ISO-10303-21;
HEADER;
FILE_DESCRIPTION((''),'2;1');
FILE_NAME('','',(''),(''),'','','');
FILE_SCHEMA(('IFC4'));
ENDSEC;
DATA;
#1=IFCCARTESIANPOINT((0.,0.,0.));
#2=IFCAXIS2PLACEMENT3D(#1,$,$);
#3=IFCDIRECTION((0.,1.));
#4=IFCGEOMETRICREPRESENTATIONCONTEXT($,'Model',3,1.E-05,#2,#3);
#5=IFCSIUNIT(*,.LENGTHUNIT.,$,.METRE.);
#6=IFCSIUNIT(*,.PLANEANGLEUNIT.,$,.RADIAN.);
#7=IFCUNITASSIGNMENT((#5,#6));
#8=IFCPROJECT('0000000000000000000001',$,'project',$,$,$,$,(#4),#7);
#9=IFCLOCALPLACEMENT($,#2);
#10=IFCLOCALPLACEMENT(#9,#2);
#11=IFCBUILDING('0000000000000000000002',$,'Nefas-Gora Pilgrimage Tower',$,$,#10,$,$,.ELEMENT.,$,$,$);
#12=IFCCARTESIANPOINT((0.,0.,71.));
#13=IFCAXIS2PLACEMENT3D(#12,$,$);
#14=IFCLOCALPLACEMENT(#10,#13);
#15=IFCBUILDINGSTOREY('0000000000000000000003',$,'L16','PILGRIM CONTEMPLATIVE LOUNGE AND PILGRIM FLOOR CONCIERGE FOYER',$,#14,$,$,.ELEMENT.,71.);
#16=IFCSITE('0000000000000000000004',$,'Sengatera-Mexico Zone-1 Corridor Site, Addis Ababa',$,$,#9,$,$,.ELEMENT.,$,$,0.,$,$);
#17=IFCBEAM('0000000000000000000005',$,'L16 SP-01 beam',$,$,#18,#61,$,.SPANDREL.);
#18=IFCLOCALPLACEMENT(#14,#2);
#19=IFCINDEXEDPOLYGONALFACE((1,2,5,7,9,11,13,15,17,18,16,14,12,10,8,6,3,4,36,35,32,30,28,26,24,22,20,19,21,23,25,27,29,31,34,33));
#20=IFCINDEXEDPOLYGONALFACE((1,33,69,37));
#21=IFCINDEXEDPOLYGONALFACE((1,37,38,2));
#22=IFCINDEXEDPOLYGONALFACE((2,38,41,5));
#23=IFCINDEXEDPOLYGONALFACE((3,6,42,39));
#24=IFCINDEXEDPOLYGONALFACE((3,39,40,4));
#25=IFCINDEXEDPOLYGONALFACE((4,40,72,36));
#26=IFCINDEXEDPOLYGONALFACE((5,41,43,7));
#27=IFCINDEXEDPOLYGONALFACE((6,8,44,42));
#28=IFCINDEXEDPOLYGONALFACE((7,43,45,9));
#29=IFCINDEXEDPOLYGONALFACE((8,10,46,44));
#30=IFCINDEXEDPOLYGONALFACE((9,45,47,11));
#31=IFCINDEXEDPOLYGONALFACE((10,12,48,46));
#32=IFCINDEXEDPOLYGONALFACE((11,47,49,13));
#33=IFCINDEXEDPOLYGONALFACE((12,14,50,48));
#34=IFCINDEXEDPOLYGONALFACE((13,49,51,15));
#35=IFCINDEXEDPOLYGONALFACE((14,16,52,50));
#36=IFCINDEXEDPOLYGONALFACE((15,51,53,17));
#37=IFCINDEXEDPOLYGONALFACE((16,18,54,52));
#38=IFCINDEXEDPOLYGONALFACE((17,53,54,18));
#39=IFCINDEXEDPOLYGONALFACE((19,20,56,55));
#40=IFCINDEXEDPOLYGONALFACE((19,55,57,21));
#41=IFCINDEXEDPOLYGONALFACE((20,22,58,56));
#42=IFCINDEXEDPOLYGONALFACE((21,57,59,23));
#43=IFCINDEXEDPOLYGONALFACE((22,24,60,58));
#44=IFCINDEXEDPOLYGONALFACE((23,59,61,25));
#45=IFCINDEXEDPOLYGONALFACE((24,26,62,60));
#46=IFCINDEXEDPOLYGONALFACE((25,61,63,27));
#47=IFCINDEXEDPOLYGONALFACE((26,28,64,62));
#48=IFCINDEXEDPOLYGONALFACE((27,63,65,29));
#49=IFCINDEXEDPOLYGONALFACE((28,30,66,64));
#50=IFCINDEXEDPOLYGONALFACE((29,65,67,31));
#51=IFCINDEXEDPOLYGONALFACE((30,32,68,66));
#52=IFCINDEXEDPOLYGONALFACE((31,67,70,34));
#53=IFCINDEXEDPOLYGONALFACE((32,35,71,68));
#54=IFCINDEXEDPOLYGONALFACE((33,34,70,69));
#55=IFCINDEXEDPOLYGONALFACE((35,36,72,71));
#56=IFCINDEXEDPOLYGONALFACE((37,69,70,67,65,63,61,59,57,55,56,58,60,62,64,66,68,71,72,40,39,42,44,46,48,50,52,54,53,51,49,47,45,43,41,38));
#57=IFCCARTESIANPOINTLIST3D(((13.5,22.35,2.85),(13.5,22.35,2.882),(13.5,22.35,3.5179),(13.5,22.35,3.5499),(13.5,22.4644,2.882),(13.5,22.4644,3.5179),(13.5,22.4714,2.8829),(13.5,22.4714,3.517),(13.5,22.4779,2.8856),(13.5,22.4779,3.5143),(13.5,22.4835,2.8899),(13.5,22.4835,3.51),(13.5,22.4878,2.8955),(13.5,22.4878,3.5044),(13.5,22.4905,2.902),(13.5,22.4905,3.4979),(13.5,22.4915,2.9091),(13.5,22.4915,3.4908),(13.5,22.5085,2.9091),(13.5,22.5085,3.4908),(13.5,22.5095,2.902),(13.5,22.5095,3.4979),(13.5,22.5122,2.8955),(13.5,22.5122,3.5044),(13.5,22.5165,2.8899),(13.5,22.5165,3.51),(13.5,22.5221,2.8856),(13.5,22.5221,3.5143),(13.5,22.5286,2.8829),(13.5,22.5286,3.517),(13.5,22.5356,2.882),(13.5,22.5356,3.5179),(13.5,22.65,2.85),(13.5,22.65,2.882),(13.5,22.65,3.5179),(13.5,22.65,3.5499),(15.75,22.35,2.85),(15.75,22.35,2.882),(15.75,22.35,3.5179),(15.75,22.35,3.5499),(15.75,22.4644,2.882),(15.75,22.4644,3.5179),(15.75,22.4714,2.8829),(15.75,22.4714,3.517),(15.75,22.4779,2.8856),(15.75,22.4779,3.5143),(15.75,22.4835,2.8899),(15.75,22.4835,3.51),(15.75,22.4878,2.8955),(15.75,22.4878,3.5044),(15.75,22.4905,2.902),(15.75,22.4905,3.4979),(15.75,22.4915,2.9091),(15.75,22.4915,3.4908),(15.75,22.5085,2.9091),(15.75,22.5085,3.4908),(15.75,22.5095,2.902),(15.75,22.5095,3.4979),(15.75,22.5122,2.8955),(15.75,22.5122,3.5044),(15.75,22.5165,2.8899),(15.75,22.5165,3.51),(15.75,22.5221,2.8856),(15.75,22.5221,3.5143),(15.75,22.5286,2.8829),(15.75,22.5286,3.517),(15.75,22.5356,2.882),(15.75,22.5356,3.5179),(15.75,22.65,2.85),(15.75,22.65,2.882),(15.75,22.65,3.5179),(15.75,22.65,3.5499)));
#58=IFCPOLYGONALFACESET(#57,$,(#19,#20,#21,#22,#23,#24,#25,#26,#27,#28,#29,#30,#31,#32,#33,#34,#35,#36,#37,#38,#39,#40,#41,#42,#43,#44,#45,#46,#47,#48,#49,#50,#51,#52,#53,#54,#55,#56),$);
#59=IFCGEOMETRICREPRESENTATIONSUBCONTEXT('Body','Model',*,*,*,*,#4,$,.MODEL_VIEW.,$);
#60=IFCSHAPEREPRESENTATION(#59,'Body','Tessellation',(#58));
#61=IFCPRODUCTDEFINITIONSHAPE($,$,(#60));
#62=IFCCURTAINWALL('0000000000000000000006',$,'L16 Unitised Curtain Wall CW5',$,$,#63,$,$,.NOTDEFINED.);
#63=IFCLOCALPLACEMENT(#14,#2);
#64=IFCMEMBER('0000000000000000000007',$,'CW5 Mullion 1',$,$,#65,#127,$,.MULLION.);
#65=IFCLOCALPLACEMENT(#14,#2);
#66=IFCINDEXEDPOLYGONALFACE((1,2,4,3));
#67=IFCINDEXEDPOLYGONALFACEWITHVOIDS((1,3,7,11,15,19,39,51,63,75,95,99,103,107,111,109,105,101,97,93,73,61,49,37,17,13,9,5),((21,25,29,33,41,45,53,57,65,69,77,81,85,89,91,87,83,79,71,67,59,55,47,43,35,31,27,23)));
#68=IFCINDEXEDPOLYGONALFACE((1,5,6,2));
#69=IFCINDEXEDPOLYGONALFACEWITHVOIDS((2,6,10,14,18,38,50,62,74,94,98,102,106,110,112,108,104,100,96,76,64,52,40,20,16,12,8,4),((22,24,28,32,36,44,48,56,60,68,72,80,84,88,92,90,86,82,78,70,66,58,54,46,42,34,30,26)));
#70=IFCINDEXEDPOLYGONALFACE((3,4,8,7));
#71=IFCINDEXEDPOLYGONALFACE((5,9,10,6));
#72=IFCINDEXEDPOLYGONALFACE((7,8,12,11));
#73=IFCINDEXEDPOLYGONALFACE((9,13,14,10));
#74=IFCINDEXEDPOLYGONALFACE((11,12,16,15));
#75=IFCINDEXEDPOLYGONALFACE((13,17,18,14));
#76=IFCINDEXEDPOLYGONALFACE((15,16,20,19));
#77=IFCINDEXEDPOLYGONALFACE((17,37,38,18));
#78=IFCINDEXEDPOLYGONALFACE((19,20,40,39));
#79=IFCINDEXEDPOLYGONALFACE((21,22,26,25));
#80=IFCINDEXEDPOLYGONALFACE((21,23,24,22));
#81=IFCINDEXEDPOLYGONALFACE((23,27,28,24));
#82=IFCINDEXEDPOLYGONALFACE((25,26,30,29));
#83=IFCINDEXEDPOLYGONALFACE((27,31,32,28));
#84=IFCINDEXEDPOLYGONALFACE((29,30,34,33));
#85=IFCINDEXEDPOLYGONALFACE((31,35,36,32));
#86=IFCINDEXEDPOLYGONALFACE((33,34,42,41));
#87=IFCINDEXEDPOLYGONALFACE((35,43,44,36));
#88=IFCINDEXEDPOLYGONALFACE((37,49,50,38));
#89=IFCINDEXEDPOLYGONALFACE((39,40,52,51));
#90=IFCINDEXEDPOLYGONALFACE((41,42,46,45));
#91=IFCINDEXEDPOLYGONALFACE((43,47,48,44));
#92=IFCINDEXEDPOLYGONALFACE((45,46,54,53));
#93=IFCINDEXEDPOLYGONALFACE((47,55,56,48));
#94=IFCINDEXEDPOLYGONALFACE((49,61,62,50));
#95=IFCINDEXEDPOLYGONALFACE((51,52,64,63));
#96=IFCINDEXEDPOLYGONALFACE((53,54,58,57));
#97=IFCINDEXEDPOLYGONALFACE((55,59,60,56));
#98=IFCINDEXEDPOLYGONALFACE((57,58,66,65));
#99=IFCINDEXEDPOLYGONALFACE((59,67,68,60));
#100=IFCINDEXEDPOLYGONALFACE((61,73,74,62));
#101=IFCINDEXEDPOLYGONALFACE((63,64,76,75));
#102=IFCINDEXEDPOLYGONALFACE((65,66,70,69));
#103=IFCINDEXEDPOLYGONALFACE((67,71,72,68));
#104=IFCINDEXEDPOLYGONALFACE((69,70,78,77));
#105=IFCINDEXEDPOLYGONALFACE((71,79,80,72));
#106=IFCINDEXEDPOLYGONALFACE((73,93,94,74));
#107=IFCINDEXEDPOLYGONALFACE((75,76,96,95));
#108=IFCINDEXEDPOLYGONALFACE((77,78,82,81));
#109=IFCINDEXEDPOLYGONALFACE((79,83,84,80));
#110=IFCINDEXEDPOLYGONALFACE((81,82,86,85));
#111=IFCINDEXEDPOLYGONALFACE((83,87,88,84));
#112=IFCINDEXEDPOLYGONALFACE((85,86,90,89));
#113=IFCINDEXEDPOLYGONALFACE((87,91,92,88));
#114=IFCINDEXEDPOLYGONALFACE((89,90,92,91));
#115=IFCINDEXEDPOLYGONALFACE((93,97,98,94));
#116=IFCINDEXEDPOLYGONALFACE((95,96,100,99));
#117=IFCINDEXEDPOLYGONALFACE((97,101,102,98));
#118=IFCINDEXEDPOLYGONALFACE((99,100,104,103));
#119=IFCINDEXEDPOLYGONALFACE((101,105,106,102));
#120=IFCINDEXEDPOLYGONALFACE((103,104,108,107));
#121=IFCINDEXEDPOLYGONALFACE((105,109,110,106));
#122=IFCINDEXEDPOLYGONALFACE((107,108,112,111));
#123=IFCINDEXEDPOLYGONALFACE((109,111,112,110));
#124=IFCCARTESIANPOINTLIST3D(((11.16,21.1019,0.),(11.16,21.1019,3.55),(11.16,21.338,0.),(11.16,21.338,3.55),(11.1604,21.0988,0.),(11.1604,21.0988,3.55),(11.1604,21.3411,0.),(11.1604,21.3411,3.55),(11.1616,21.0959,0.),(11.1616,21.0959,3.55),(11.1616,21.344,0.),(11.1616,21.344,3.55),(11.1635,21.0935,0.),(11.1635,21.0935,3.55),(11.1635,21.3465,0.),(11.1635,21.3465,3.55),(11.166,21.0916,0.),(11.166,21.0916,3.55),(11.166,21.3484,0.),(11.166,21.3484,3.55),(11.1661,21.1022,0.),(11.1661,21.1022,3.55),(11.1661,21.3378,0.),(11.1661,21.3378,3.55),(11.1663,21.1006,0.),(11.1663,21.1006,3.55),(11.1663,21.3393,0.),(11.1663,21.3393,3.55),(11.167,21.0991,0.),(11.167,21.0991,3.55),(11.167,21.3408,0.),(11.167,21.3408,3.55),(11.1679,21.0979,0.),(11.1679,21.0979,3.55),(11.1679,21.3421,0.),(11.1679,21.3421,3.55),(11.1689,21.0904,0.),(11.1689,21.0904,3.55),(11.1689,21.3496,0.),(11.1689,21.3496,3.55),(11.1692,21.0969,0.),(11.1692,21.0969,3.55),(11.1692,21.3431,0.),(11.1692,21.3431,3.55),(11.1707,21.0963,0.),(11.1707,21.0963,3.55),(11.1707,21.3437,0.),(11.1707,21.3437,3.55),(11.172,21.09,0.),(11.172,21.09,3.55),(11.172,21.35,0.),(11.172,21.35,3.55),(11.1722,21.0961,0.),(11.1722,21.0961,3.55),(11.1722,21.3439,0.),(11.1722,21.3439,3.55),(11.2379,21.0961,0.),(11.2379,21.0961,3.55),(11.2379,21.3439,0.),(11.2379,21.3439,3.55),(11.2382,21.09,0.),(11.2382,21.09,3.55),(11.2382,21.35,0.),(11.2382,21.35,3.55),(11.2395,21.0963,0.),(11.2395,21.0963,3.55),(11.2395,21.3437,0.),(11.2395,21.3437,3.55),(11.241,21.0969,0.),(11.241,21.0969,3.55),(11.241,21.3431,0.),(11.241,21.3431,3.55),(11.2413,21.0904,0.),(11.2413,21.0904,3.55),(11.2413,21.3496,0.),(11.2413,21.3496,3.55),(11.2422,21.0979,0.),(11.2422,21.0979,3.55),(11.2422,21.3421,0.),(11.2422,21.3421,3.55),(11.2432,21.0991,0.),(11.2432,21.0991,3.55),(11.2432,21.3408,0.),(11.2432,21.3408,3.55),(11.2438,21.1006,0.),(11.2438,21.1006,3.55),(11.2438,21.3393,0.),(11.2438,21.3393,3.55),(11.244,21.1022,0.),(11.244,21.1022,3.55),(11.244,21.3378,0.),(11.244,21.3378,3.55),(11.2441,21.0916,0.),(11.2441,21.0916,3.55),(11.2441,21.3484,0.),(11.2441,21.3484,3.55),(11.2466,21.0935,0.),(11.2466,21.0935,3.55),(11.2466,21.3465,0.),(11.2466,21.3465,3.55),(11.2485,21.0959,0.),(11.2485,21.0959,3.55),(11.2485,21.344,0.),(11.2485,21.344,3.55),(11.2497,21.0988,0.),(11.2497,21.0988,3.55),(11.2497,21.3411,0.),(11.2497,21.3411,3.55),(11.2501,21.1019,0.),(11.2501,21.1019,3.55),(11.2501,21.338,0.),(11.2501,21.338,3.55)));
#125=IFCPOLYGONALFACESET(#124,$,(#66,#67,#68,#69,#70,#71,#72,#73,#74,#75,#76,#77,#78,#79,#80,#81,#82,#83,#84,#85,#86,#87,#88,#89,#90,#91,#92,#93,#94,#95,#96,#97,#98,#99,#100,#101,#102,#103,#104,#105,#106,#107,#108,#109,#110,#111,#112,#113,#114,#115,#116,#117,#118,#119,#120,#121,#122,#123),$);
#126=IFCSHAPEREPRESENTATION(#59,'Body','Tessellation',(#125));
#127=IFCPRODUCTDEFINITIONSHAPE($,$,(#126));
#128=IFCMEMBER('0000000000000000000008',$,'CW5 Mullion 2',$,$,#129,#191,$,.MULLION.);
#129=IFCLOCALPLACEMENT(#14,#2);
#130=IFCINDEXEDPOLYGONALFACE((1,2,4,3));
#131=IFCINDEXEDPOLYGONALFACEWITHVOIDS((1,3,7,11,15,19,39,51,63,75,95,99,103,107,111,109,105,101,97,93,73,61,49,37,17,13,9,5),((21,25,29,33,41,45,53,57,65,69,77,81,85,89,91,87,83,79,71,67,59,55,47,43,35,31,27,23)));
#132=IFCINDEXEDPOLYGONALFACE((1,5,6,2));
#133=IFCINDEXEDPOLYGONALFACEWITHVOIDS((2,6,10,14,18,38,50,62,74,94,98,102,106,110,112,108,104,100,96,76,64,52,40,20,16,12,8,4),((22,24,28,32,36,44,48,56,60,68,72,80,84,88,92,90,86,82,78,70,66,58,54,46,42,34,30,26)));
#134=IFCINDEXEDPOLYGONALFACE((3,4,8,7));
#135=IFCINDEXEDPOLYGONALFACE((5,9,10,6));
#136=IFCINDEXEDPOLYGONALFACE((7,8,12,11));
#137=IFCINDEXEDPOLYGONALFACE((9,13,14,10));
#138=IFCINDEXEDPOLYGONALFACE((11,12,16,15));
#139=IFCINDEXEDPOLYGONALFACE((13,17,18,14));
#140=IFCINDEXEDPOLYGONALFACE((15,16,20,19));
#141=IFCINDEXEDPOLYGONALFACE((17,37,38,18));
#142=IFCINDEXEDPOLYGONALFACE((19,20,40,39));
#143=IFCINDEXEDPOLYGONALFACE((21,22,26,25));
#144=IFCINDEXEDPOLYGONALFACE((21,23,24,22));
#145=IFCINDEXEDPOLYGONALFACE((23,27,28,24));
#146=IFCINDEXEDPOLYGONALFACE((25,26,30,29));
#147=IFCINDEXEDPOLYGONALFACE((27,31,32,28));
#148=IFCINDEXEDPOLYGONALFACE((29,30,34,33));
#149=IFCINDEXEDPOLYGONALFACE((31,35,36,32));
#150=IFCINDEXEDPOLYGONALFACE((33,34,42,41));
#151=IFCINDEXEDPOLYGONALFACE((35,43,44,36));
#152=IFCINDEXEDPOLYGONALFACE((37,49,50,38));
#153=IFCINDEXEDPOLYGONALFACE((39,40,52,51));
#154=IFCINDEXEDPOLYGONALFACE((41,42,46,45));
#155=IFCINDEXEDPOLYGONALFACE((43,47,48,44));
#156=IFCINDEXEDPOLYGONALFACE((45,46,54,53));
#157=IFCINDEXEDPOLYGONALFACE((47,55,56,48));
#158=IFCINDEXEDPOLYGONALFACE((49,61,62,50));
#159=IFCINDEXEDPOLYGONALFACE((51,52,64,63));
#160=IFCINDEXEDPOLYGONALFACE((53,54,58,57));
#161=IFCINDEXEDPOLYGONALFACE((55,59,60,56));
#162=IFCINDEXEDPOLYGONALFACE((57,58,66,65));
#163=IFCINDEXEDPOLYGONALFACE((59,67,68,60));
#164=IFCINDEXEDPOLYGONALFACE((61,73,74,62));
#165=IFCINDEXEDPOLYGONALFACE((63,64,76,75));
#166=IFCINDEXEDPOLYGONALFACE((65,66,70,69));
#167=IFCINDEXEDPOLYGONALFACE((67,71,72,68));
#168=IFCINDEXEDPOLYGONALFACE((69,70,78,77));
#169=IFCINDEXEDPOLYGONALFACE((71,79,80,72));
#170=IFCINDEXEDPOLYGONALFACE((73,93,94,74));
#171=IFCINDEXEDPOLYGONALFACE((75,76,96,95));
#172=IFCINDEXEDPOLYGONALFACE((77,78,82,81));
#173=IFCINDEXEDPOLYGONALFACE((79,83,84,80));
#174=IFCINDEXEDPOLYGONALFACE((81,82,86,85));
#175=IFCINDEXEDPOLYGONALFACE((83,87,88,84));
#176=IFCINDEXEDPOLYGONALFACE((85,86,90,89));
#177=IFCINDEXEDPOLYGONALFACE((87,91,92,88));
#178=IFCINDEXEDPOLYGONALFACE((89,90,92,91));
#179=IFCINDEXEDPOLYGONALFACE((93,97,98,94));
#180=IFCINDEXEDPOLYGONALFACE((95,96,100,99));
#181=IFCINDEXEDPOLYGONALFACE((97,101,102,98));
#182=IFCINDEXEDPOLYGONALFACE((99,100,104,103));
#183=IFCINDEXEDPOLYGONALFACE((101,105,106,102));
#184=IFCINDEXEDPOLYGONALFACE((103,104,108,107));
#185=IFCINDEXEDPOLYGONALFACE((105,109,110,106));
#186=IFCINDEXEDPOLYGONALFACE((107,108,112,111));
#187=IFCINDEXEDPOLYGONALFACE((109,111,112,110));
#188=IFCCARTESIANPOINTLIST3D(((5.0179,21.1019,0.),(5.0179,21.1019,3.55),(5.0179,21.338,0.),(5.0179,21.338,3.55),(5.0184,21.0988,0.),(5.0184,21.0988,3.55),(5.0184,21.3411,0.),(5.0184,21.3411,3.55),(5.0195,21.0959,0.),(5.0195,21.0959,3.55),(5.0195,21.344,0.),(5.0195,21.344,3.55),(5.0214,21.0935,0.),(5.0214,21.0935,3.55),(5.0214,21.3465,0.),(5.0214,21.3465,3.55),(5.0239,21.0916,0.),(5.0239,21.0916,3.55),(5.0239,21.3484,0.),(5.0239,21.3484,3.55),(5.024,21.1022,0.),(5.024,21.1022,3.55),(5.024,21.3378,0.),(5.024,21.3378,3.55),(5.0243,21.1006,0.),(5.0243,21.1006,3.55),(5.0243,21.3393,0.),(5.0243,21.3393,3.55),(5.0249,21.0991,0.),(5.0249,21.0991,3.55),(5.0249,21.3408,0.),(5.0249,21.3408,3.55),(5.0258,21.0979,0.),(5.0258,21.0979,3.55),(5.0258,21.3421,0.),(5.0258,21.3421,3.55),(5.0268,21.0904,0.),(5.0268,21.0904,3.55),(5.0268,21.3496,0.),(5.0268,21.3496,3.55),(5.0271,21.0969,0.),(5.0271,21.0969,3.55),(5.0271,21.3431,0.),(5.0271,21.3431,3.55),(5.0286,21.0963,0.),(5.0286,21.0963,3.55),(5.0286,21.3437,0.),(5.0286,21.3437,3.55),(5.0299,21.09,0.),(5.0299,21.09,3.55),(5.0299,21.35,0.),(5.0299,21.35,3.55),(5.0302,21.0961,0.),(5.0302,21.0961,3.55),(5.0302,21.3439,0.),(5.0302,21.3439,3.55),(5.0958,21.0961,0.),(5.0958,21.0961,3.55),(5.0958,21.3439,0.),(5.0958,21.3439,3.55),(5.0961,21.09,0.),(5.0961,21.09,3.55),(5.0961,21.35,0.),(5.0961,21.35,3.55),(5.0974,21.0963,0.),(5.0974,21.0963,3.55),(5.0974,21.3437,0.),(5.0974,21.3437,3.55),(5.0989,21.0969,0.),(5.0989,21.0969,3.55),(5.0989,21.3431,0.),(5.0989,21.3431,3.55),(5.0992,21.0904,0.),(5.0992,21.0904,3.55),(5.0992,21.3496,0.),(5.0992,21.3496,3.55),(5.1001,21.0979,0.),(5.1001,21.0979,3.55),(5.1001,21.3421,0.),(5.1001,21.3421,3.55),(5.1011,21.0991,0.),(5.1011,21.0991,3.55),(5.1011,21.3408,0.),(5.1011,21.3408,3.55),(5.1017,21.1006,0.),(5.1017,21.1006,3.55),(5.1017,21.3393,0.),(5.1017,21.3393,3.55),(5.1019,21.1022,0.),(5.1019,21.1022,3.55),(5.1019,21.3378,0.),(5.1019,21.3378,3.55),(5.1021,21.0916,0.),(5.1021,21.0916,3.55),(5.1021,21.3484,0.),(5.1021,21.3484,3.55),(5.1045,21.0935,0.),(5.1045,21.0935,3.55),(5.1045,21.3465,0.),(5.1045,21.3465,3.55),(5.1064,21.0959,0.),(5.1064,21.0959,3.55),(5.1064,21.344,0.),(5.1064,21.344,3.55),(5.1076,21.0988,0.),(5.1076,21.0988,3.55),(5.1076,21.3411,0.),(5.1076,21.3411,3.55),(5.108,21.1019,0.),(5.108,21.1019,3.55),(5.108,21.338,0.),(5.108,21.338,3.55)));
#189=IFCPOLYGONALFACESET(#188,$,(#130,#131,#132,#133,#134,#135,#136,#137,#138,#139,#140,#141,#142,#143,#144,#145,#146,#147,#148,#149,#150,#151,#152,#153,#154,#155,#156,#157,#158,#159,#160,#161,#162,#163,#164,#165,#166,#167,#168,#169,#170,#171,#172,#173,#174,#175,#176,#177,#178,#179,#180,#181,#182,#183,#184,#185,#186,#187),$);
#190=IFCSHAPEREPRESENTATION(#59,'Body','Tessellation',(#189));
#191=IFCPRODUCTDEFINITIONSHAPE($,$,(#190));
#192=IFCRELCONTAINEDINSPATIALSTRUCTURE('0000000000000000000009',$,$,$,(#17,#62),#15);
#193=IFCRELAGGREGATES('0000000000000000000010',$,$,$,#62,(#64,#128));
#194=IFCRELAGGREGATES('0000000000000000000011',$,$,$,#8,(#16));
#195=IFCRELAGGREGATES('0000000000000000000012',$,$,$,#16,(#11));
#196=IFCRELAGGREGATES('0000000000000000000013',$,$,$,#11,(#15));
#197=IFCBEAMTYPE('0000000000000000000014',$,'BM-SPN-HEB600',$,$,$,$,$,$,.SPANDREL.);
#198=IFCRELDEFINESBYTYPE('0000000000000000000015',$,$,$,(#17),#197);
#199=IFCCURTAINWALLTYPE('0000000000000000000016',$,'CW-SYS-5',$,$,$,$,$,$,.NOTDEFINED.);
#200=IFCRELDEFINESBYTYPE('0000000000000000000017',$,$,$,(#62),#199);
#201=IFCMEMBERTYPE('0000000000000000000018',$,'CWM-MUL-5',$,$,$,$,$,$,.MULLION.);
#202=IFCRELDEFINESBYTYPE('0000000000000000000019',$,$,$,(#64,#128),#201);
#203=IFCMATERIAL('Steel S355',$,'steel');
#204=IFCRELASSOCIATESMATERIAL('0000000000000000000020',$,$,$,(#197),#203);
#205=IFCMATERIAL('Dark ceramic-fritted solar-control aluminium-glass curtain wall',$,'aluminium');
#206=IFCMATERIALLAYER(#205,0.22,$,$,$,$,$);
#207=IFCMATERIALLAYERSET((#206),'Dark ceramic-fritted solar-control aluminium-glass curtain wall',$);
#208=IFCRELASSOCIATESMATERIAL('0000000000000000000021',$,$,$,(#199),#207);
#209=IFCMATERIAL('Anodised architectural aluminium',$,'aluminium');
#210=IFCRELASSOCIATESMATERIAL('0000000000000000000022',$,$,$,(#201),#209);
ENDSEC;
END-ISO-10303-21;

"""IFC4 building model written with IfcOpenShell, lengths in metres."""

from ifc_helpers import new_model, si_unit, direction, frame, origin, origin_2d, place, context, subcontext, project, spatial, hollow_rectangle, i_section, extrude, source, transform, mapped, material, layer, layer_set, material_profile, profile_set, type_object, element, aggregate, save


model = new_model("IFC4")

# Units and contexts
model_context = context("Model", 3, precision=1e-05, world=origin(), true_north=direction((0.0, 1.0)))
body_context = subcontext(model_context, "Body", "Model", "MODEL_VIEW")
ifc_project = project(units=[si_unit("LENGTHUNIT", "METRE"), si_unit("PLANEANGLEUNIT", "RADIAN")], contexts=[model_context])

# Site, building, storey
site_placement = place(None, origin())
site = spatial("IfcSite", under=ifc_project, at=site_placement, Name="Sengatera-Mexico Zone-1 Corridor Site, Addis Ababa", CompositionType="ELEMENT", RefElevation=0.0)
building_placement = place(site_placement, origin())
building = spatial("IfcBuilding", under=site, at=building_placement, Name="Nefas-Gora Pilgrimage Tower", CompositionType="ELEMENT")
storey_placement = place(building_placement, frame((0.0, 0.0, 71.0)))
storey = spatial("IfcBuildingStorey", under=building, at=storey_placement, Name="L16", Description="PILGRIM CONTEMPLATIVE LOUNGE AND PILGRIM FLOOR CONCIERGE FOYER", CompositionType="ELEMENT", Elevation=71.0)

# Beam
ifc_material_1 = material(Name="Steel S355", Category="steel")
ifc_material_profile_1 = material_profile(ifc_material_1, i_section(OverallWidth=0.3, OverallDepth=0.7, WebThickness=0.0171, FlangeThickness=0.032, FilletRadius=0.0271, at=origin_2d()), Name="HEB 700")
ifc_profile_set_1 = profile_set([ifc_material_profile_1], Name="Steel S355")
beam_type_1 = type_object("IfcBeamType", Name="BM-SPN-HEB600", PredefinedType="SPANDREL", material=ifc_profile_set_1)
shared_shape_1 = source(origin(), body_context, "Body", "SweptSolid", [
    extrude(i_section(OverallWidth=0.3, OverallDepth=0.7, WebThickness=0.0171, FlangeThickness=0.032, FilletRadius=0.0271, at=origin_2d()), origin(), (0.0, 0.0, 1.0), 2.25),
])
beam_1_placement = place(storey_placement, frame((13.5, 22.5, 3.2), z_axis=(1.0, 0.0, 0.0), x_axis=(0.0, 1.0, 0.0)))
element("IfcBeam", 1, at=beam_1_placement, inside=storey, type_object=beam_type_1, Name="L16 SP-01 beam", PredefinedType="SPANDREL", context=body_context, shape_type="MappedRepresentation", body=[
    mapped(shared_shape_1, transform((0.0, 0.0, 0.0), x_axis=(1.0, 0.0, 0.0), y_axis=(0.0, 1.0, 0.0), z_axis=(0.0, 0.0, 1.0), scale=1.0)),
])

# Curtain wall, members
ifc_material_2 = material(Name="Dark ceramic-fritted solar-control aluminium-glass curtain wall", Category="aluminium")
ifc_layer_1 = layer(ifc_material_2, 0.22)
ifc_layer_set_1 = layer_set([ifc_layer_1], Name="Dark ceramic-fritted solar-control aluminium-glass curtain wall")
curtain_wall_type_1 = type_object("IfcCurtainWallType", Name="CW-SYS-5", PredefinedType="NOTDEFINED", material=ifc_layer_set_1)
curtain_wall_1_placement = place(storey_placement, origin())
curtain_wall_1 = element("IfcCurtainWall", 2, at=curtain_wall_1_placement, inside=storey, type_object=curtain_wall_type_1, Name="L16 Unitised Curtain Wall CW5", PredefinedType="NOTDEFINED")
ifc_material_3 = material(Name="Anodised architectural aluminium", Category="aluminium")
ifc_material_profile_2 = material_profile(ifc_material_3, hollow_rectangle(XDim=0.0901, YDim=0.26, WallThickness=0.0061, InnerFilletRadius=0.0061, OuterFilletRadius=0.012, at=origin_2d()), Name="ALU MULLION 90x260")
ifc_profile_set_2 = profile_set([ifc_material_profile_2], Name="Anodised architectural aluminium")
member_type_1 = type_object("IfcMemberType", Name="CWM-MUL-5", PredefinedType="MULLION", material=ifc_profile_set_2)
shared_shape_2 = source(origin(), body_context, "Body", "SweptSolid", [
    extrude(hollow_rectangle(XDim=0.0901, YDim=0.26, WallThickness=0.0061, InnerFilletRadius=0.0061, OuterFilletRadius=0.012, at=origin_2d()), origin(), (0.0, 0.0, 1.0), 3.55),
])
member_1_placement = place(storey_placement, frame((11.2051, 21.22, 0.0), z_axis=(0.0, 0.0, 1.0), x_axis=(-1.0, 0.0, 0.0)))
member_1 = element("IfcMember", 3, at=member_1_placement, type_object=member_type_1, Name="CW5 Mullion 1", PredefinedType="MULLION", context=body_context, shape_type="MappedRepresentation", body=[
    mapped(shared_shape_2, transform((0.0, 0.0, 0.0), x_axis=(1.0, 0.0, 0.0), y_axis=(0.0, 1.0, 0.0), z_axis=(0.0, 0.0, 1.0), scale=1.0)),
])
member_2_placement = place(storey_placement, frame((5.063, 21.22, 0.0), z_axis=(0.0, 0.0, 1.0), x_axis=(-1.0, 0.0, 0.0)))
member_2 = element("IfcMember", 4, at=member_2_placement, type_object=member_type_1, Name="CW5 Mullion 2", PredefinedType="MULLION", context=body_context, shape_type="MappedRepresentation", body=[
    mapped(shared_shape_2, transform((0.0, 0.0, 0.0), x_axis=(1.0, 0.0, 0.0), y_axis=(0.0, 1.0, 0.0), z_axis=(0.0, 0.0, 1.0), scale=1.0)),
])

aggregate(curtain_wall_1, [member_1, member_2])

save(model, "model.ifc")
